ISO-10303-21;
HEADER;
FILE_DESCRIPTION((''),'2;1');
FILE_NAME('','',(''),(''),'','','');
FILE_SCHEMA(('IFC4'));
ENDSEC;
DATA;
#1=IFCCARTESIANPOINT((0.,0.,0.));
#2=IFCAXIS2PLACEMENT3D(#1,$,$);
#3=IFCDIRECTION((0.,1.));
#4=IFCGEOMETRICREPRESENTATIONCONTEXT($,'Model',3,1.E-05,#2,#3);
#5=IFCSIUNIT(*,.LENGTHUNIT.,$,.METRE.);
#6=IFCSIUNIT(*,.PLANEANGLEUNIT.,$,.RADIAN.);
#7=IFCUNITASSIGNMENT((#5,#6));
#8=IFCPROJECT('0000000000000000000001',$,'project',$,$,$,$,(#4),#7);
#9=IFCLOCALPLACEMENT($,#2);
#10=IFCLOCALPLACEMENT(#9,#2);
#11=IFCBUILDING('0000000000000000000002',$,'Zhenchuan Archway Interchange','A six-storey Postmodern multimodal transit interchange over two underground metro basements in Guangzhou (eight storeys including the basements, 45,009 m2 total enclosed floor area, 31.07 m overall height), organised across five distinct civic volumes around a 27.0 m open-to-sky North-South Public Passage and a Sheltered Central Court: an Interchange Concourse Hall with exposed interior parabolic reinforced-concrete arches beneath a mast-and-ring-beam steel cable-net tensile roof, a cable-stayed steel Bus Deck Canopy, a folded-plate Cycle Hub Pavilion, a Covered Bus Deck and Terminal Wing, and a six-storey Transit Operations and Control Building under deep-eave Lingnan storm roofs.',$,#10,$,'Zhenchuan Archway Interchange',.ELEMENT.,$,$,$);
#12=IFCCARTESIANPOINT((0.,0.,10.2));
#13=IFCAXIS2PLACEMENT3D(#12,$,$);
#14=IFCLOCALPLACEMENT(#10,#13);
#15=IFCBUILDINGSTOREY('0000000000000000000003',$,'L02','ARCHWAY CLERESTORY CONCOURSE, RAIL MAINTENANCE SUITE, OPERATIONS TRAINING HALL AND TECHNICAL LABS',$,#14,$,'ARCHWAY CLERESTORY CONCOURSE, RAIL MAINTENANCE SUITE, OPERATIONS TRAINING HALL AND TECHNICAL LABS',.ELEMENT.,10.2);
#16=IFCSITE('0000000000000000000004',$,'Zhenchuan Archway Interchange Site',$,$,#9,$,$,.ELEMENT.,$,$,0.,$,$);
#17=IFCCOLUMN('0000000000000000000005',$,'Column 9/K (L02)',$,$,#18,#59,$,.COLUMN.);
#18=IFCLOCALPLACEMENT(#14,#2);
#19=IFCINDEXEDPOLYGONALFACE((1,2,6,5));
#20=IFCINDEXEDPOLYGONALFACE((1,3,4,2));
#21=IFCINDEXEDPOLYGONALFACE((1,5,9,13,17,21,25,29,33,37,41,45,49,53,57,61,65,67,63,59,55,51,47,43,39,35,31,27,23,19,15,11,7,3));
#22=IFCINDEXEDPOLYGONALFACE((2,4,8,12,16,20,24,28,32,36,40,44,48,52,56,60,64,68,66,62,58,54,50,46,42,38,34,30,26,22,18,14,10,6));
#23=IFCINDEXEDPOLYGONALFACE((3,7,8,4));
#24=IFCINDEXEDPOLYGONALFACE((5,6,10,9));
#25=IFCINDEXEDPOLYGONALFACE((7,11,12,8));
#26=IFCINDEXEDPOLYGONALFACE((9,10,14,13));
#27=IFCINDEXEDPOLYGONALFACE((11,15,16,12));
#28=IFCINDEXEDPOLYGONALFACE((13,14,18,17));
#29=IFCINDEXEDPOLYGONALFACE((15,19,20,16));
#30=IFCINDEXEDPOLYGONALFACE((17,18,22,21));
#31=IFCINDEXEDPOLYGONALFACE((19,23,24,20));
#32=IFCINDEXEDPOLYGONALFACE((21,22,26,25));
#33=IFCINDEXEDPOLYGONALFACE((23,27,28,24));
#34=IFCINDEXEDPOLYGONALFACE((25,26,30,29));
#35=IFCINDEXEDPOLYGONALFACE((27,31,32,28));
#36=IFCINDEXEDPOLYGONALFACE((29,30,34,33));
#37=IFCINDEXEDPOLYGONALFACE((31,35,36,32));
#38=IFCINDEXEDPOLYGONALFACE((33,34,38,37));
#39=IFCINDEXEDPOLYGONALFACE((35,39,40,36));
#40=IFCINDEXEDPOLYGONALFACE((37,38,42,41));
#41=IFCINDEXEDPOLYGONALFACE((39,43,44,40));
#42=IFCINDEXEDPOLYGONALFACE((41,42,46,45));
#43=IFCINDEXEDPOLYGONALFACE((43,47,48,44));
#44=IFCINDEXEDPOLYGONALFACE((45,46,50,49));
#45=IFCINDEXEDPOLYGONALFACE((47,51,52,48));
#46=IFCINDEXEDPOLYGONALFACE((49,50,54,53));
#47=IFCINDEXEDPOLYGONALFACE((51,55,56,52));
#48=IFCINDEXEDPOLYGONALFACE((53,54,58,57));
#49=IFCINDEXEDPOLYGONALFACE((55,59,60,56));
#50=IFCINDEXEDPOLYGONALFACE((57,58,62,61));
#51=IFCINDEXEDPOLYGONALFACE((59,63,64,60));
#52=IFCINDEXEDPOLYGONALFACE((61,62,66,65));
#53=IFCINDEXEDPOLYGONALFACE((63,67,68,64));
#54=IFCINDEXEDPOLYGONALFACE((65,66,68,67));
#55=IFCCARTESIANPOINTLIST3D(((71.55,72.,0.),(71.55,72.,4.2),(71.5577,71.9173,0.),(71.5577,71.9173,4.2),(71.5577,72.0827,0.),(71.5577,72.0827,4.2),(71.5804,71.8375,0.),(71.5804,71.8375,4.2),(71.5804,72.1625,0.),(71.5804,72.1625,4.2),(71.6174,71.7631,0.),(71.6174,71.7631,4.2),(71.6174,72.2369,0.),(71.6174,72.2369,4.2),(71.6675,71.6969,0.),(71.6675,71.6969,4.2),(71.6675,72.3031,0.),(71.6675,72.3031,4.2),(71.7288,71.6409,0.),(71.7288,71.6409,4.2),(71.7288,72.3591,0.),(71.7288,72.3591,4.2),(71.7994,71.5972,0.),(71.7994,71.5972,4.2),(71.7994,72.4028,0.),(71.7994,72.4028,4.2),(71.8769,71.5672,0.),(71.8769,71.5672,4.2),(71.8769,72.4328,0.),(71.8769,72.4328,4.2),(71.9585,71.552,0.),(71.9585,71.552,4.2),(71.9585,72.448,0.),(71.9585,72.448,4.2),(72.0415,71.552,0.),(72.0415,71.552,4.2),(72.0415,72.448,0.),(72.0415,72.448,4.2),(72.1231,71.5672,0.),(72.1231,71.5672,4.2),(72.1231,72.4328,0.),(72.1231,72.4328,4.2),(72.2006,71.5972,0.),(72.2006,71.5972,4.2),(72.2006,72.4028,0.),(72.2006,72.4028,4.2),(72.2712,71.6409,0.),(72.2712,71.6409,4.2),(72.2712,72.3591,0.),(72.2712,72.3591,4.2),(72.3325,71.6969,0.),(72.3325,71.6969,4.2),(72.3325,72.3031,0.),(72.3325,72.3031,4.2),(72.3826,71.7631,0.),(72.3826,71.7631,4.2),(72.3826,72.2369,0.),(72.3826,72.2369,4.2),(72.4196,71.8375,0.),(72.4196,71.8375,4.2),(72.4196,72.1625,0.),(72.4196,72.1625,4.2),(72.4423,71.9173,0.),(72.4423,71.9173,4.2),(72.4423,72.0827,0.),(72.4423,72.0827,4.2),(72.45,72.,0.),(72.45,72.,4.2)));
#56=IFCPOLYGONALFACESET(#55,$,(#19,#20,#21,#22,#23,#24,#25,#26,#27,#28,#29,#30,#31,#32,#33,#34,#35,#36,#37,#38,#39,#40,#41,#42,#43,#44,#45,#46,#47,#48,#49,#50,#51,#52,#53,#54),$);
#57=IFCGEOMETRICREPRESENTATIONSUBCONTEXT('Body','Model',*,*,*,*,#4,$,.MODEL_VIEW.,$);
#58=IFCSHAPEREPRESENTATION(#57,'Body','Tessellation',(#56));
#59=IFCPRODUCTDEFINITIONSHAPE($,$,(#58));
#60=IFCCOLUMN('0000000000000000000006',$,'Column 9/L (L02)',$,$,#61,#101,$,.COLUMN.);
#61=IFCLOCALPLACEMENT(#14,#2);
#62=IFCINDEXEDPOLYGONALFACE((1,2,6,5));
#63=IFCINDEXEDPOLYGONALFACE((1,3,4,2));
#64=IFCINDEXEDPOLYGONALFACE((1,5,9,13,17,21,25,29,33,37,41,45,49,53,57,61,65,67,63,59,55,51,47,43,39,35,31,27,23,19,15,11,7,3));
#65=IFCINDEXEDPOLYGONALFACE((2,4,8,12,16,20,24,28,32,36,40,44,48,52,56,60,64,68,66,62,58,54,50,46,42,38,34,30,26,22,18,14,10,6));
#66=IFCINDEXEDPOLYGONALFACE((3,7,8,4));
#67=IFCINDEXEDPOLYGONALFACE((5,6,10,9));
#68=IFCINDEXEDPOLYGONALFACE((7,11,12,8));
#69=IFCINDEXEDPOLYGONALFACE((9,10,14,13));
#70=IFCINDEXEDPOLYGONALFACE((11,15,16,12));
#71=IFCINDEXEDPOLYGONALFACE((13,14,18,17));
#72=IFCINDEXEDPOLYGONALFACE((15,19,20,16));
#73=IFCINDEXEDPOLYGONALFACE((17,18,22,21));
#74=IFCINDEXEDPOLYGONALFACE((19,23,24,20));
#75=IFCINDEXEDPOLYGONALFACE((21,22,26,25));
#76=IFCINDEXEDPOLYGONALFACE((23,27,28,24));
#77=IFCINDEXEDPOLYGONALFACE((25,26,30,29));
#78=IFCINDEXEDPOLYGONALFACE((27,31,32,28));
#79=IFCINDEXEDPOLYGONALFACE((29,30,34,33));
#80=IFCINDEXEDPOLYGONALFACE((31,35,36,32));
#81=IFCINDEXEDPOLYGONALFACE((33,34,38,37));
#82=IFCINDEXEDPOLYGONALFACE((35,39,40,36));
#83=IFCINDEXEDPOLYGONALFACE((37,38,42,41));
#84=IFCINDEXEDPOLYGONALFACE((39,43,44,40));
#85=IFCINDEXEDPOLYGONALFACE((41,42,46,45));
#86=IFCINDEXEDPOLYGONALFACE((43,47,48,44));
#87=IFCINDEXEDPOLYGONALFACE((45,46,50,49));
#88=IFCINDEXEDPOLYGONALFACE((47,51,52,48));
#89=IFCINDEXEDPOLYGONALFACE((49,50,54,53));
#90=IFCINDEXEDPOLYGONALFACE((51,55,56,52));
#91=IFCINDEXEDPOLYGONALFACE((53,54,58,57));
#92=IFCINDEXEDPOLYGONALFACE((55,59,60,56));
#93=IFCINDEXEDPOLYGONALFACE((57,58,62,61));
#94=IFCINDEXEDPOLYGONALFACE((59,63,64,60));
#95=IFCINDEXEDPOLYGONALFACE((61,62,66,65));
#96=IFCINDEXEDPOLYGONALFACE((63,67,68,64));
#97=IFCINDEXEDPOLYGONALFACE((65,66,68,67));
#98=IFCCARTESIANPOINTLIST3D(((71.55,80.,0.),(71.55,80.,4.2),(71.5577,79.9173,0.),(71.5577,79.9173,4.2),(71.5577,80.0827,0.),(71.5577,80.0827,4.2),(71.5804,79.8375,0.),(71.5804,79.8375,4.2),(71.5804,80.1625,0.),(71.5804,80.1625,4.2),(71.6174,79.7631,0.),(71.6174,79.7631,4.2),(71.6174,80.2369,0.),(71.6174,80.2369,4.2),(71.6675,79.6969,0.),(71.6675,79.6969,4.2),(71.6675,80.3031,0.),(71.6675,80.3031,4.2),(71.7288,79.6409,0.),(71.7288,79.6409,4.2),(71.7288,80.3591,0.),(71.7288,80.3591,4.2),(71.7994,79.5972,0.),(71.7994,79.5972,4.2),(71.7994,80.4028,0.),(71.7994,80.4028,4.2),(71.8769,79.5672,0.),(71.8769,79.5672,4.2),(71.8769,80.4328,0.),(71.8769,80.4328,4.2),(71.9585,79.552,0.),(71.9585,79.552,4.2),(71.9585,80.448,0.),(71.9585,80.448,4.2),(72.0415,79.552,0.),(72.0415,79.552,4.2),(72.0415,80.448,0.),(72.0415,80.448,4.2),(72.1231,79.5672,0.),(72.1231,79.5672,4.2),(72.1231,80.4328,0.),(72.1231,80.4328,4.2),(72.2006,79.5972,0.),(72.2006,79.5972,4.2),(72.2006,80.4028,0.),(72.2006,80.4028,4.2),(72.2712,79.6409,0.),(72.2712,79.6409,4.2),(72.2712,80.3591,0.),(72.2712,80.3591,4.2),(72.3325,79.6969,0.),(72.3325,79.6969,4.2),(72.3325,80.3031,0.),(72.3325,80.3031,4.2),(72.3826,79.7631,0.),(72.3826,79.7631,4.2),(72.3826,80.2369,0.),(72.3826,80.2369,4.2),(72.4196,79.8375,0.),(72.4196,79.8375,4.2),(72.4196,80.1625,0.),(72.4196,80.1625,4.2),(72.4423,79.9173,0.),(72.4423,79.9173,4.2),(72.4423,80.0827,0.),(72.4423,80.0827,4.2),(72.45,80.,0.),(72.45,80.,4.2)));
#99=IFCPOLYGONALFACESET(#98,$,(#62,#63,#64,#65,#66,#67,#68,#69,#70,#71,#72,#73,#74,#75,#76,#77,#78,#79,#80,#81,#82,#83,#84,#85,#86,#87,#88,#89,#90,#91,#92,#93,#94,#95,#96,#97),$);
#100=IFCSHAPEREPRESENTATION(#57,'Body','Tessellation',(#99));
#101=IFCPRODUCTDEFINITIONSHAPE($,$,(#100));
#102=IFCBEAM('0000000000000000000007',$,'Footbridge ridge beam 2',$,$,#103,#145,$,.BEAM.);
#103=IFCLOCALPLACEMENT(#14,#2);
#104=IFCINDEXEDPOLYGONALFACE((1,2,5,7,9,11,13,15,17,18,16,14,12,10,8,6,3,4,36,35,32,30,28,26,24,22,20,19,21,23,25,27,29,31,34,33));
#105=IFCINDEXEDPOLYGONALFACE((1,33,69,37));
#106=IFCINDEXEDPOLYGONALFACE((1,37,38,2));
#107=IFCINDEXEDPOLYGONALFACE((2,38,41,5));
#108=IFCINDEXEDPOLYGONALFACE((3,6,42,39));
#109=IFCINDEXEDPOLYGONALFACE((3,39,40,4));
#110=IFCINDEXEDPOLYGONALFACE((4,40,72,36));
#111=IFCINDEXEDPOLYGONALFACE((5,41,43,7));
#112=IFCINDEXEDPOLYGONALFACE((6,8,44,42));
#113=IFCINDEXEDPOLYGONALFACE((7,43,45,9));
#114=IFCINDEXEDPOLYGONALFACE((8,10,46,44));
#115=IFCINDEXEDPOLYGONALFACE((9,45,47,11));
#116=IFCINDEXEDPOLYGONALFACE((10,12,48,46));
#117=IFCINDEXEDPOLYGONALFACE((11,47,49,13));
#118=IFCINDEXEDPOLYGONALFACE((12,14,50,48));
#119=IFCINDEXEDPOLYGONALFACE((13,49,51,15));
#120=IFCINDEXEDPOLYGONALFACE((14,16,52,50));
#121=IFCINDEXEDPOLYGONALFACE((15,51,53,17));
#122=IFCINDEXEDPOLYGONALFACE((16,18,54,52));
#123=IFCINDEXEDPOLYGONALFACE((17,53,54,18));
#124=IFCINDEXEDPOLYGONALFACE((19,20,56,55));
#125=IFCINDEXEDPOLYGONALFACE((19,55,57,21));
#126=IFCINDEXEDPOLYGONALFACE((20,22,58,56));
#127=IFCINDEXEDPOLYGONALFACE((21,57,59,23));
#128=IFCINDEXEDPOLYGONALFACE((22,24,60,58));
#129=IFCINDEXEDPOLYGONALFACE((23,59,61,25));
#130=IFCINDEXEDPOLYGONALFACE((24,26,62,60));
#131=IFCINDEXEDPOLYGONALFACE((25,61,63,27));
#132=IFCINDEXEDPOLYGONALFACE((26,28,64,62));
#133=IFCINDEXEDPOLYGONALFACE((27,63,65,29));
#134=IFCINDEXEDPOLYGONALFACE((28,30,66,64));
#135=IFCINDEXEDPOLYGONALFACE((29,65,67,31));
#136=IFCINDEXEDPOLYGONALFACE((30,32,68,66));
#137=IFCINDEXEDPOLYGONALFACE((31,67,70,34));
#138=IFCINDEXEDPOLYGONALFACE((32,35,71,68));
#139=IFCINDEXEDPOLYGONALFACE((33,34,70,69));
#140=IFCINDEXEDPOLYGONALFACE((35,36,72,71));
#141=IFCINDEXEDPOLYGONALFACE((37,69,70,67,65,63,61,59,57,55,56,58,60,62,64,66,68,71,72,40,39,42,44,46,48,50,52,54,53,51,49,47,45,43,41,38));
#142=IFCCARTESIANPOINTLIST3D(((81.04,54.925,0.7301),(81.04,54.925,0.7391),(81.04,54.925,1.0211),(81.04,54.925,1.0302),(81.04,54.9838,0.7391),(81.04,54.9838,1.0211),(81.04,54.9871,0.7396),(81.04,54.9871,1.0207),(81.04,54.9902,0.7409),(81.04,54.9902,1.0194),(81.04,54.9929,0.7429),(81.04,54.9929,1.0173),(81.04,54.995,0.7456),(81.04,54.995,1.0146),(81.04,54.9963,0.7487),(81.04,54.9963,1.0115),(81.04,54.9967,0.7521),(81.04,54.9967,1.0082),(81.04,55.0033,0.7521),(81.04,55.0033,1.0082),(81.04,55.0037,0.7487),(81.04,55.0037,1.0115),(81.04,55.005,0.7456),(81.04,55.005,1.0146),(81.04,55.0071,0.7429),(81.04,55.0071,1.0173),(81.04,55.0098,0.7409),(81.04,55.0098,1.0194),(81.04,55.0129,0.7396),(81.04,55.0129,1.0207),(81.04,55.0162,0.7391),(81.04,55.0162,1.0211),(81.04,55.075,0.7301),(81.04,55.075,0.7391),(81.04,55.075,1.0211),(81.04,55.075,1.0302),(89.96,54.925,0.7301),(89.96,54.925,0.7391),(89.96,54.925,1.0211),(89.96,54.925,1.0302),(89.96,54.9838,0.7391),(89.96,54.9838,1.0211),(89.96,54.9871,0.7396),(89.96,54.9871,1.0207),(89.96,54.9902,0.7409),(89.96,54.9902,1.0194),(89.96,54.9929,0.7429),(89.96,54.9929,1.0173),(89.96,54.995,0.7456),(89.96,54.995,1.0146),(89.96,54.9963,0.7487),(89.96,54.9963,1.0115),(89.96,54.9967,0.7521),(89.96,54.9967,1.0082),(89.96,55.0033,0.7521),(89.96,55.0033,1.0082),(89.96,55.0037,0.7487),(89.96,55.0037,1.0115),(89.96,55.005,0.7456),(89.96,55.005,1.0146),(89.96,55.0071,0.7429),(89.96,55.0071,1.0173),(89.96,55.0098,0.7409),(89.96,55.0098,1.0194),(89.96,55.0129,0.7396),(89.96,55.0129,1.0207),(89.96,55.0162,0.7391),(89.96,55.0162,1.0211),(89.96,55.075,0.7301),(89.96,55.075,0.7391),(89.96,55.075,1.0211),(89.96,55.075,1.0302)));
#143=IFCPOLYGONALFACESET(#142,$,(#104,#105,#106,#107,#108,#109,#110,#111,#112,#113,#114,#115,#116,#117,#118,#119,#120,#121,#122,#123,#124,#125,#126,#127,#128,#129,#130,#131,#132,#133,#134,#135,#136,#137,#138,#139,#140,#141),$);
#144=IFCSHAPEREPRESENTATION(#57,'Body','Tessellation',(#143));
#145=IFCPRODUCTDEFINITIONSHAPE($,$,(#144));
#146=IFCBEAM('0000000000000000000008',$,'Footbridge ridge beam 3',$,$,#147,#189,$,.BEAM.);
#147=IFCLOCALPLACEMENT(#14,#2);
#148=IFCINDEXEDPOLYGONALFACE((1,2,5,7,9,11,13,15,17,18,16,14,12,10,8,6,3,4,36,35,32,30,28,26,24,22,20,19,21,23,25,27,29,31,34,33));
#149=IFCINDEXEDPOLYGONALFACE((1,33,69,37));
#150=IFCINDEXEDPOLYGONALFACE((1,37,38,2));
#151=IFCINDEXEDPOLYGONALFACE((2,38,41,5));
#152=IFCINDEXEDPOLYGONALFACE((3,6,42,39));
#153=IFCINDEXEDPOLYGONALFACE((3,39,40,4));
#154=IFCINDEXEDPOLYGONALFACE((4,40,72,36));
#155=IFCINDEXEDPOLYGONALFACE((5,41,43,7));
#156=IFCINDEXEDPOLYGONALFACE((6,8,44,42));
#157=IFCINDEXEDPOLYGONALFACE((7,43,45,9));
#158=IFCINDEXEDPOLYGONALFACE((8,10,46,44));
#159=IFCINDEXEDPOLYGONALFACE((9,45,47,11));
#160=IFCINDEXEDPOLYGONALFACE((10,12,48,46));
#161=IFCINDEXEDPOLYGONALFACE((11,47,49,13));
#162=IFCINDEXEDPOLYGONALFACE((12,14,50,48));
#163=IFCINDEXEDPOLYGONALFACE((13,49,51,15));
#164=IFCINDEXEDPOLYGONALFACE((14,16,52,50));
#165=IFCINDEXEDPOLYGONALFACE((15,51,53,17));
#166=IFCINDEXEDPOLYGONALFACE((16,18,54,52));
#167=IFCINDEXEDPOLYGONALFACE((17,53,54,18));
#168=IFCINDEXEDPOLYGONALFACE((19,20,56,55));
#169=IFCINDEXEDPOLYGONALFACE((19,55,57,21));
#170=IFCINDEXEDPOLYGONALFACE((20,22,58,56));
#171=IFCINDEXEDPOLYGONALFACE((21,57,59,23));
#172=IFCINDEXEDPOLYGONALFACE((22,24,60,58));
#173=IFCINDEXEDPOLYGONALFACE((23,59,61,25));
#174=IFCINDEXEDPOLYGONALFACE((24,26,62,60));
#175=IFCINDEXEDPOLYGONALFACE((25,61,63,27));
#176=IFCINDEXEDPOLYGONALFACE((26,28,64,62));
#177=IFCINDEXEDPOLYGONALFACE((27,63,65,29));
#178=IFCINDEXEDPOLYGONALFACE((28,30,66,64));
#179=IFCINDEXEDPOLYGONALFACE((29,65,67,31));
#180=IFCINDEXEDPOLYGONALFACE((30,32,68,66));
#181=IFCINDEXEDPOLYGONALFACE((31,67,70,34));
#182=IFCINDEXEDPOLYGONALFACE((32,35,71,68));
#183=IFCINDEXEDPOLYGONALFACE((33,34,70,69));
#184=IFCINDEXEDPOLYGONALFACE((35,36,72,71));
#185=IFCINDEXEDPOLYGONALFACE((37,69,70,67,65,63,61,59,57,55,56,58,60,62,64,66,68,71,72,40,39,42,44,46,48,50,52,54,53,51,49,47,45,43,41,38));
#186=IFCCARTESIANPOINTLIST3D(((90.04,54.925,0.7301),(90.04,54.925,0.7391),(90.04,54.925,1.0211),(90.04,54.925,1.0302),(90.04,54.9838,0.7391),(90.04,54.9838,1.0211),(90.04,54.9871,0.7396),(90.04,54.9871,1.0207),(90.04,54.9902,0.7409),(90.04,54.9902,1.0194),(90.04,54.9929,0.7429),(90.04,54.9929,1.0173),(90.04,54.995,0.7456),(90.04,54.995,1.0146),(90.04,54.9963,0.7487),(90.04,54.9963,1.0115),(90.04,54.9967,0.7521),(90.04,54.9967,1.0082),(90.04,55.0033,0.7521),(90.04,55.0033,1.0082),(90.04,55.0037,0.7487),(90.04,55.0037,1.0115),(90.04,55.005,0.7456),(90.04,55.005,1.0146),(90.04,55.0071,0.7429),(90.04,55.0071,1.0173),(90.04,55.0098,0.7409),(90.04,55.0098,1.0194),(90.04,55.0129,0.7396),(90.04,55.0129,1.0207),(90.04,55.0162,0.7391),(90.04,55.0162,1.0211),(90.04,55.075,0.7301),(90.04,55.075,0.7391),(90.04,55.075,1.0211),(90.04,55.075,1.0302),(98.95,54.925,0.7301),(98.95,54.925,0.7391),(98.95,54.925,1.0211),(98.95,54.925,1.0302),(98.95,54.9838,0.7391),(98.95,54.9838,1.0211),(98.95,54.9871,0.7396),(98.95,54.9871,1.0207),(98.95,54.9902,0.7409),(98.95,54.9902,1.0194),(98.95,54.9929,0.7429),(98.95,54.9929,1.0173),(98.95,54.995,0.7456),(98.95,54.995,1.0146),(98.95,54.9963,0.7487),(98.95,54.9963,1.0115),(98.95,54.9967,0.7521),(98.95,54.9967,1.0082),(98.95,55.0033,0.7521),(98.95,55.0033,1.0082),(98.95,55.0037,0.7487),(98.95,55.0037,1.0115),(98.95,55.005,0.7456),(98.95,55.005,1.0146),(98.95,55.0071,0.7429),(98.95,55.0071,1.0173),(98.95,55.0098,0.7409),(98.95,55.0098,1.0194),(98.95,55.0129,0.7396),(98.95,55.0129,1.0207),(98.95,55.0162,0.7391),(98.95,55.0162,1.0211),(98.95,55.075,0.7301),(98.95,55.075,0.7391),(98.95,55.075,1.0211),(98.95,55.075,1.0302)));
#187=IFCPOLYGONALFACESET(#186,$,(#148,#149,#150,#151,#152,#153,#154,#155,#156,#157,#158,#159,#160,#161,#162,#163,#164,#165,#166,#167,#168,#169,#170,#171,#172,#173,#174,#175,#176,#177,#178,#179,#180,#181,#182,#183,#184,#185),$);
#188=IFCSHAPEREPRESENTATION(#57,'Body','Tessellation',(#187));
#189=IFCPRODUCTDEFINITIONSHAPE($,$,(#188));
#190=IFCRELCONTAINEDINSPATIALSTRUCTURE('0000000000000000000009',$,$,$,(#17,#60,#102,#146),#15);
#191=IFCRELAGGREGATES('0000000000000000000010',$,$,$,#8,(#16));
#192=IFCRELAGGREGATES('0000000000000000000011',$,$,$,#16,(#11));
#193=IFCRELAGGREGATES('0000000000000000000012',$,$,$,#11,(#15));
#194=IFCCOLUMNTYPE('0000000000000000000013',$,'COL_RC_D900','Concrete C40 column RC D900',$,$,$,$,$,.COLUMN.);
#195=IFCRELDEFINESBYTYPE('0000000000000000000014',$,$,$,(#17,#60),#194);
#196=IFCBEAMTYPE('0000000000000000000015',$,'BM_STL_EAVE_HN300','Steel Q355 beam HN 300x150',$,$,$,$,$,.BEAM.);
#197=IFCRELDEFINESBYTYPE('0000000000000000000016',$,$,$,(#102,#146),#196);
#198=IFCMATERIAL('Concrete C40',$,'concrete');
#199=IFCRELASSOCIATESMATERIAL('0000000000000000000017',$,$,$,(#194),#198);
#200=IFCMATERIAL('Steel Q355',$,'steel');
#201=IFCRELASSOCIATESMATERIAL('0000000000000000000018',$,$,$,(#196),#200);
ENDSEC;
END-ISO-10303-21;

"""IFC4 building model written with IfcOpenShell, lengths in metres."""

from ifc_helpers import new_model, si_unit, direction, frame, origin, origin_2d, place, context, subcontext, project, spatial, circle, i_section, extrude, material, material_profile, profile_set, type_object, element, save


model = new_model("IFC4")

# Units and contexts
model_context = context("Model", 3, precision=1e-05, world=origin(), true_north=direction((0.0, 1.0)))
body_context = subcontext(model_context, "Body", "Model", "MODEL_VIEW")
ifc_project = project(units=[si_unit("LENGTHUNIT", "METRE"), si_unit("PLANEANGLEUNIT", "RADIAN")], contexts=[model_context])

# Site, building, storey
site_placement = place(None, origin())
site = spatial("IfcSite", under=ifc_project, at=site_placement, Name="Zhenchuan Archway Interchange Site", CompositionType="ELEMENT", RefElevation=0.0)
building_placement = place(site_placement, origin())
building = spatial("IfcBuilding", under=site, at=building_placement, Name="Zhenchuan Archway Interchange", Description="A six-storey Postmodern multimodal transit interchange over two underground metro basements in Guangzhou (eight storeys including the basements, 45,009 m2 total enclosed floor area, 31.07 m overall height), organised across five distinct civic volumes around a 27.0 m open-to-sky North-South Public Passage and a Sheltered Central Court: an Interchange Concourse Hall with exposed interior parabolic reinforced-concrete arches beneath a mast-and-ring-beam steel cable-net tensile roof, a cable-stayed steel Bus Deck Canopy, a folded-plate Cycle Hub Pavilion, a Covered Bus Deck and Terminal Wing, and a six-storey Transit Operations and Control Building under deep-eave Lingnan storm roofs.", LongName="Zhenchuan Archway Interchange", CompositionType="ELEMENT")
storey_placement = place(building_placement, frame((0.0, 0.0, 10.2)))
storey = spatial("IfcBuildingStorey", under=building, at=storey_placement, Name="L02", Description="ARCHWAY CLERESTORY CONCOURSE, RAIL MAINTENANCE SUITE, OPERATIONS TRAINING HALL AND TECHNICAL LABS", LongName="ARCHWAY CLERESTORY CONCOURSE, RAIL MAINTENANCE SUITE, OPERATIONS TRAINING HALL AND TECHNICAL LABS", CompositionType="ELEMENT", Elevation=10.2)

# Columns
ifc_material_1 = material(Name="Concrete C40", Category="concrete")
ifc_material_profile_1 = material_profile(ifc_material_1, circle(Radius=0.45, at=origin_2d()), Name="RC D900")
ifc_profile_set_1 = profile_set([ifc_material_profile_1], Name="Concrete C40")
column_type = type_object("IfcColumnType", Name="COL_RC_D900", Description="Concrete C40 column RC D900", PredefinedType="COLUMN", material=ifc_profile_set_1)
for number, where, z_axis, x_axis, name in (
    (1, (72.0, 72.0, 0.0), (0.0, 0.0, 1.0), (1.0, 0.0, 0.0), "Column 9/K (L02)"),
    (2, (72.0, 80.0, 0.0), (0.0, 0.0, 1.0), (1.0, 0.0, 0.0), "Column 9/L (L02)"),
):
    element("IfcColumn", number, at=place(storey_placement, frame(where, z_axis=z_axis, x_axis=x_axis)), inside=storey, type_object=column_type, Name=name, PredefinedType="COLUMN", context=body_context, shape_type="SweptSolid", body=[
        extrude(circle(Radius=0.45, at=origin_2d()), origin(), (0.0, 0.0, 1.0), 4.2),
    ])

# Beams
ifc_material_2 = material(Name="Steel Q355", Category="steel")
ifc_material_profile_2 = material_profile(ifc_material_2, i_section(OverallWidth=0.1499, OverallDepth=0.3, WebThickness=0.0066, FlangeThickness=0.009, FilletRadius=0.0129, at=origin_2d()), Name="HN 300x150")
ifc_profile_set_2 = profile_set([ifc_material_profile_2], Name="Steel Q355")
beam_type_1 = type_object("IfcBeamType", Name="BM_STL_EAVE_HN300", Description="Steel Q355 beam HN 300x150", PredefinedType="BEAM", material=ifc_profile_set_2)
beam_1_placement = place(storey_placement, frame((81.04, 55.0, 0.8801), z_axis=(1.0, 0.0, 0.0), x_axis=(0.0, 1.0, 0.0)))
element("IfcBeam", 3, at=beam_1_placement, inside=storey, type_object=beam_type_1, Name="Footbridge ridge beam 2", PredefinedType="BEAM", context=body_context, shape_type="SweptSolid", body=[
    extrude(i_section(OverallWidth=0.1499, OverallDepth=0.3, WebThickness=0.0066, FlangeThickness=0.009, FilletRadius=0.0129, at=origin_2d()), origin(), (0.0, 0.0, 1.0), 8.9199),
])
beam_2_placement = place(storey_placement, frame((90.04, 55.0, 0.8801), z_axis=(1.0, 0.0, 0.0), x_axis=(0.0, 1.0, 0.0)))
element("IfcBeam", 4, at=beam_2_placement, inside=storey, type_object=beam_type_1, Name="Footbridge ridge beam 3", PredefinedType="BEAM", context=body_context, shape_type="SweptSolid", body=[
    extrude(i_section(OverallWidth=0.1499, OverallDepth=0.3, WebThickness=0.0066, FlangeThickness=0.009, FilletRadius=0.0129, at=origin_2d()), origin(), (0.0, 0.0, 1.0), 8.9099),
])

save(model, "model.ifc")
